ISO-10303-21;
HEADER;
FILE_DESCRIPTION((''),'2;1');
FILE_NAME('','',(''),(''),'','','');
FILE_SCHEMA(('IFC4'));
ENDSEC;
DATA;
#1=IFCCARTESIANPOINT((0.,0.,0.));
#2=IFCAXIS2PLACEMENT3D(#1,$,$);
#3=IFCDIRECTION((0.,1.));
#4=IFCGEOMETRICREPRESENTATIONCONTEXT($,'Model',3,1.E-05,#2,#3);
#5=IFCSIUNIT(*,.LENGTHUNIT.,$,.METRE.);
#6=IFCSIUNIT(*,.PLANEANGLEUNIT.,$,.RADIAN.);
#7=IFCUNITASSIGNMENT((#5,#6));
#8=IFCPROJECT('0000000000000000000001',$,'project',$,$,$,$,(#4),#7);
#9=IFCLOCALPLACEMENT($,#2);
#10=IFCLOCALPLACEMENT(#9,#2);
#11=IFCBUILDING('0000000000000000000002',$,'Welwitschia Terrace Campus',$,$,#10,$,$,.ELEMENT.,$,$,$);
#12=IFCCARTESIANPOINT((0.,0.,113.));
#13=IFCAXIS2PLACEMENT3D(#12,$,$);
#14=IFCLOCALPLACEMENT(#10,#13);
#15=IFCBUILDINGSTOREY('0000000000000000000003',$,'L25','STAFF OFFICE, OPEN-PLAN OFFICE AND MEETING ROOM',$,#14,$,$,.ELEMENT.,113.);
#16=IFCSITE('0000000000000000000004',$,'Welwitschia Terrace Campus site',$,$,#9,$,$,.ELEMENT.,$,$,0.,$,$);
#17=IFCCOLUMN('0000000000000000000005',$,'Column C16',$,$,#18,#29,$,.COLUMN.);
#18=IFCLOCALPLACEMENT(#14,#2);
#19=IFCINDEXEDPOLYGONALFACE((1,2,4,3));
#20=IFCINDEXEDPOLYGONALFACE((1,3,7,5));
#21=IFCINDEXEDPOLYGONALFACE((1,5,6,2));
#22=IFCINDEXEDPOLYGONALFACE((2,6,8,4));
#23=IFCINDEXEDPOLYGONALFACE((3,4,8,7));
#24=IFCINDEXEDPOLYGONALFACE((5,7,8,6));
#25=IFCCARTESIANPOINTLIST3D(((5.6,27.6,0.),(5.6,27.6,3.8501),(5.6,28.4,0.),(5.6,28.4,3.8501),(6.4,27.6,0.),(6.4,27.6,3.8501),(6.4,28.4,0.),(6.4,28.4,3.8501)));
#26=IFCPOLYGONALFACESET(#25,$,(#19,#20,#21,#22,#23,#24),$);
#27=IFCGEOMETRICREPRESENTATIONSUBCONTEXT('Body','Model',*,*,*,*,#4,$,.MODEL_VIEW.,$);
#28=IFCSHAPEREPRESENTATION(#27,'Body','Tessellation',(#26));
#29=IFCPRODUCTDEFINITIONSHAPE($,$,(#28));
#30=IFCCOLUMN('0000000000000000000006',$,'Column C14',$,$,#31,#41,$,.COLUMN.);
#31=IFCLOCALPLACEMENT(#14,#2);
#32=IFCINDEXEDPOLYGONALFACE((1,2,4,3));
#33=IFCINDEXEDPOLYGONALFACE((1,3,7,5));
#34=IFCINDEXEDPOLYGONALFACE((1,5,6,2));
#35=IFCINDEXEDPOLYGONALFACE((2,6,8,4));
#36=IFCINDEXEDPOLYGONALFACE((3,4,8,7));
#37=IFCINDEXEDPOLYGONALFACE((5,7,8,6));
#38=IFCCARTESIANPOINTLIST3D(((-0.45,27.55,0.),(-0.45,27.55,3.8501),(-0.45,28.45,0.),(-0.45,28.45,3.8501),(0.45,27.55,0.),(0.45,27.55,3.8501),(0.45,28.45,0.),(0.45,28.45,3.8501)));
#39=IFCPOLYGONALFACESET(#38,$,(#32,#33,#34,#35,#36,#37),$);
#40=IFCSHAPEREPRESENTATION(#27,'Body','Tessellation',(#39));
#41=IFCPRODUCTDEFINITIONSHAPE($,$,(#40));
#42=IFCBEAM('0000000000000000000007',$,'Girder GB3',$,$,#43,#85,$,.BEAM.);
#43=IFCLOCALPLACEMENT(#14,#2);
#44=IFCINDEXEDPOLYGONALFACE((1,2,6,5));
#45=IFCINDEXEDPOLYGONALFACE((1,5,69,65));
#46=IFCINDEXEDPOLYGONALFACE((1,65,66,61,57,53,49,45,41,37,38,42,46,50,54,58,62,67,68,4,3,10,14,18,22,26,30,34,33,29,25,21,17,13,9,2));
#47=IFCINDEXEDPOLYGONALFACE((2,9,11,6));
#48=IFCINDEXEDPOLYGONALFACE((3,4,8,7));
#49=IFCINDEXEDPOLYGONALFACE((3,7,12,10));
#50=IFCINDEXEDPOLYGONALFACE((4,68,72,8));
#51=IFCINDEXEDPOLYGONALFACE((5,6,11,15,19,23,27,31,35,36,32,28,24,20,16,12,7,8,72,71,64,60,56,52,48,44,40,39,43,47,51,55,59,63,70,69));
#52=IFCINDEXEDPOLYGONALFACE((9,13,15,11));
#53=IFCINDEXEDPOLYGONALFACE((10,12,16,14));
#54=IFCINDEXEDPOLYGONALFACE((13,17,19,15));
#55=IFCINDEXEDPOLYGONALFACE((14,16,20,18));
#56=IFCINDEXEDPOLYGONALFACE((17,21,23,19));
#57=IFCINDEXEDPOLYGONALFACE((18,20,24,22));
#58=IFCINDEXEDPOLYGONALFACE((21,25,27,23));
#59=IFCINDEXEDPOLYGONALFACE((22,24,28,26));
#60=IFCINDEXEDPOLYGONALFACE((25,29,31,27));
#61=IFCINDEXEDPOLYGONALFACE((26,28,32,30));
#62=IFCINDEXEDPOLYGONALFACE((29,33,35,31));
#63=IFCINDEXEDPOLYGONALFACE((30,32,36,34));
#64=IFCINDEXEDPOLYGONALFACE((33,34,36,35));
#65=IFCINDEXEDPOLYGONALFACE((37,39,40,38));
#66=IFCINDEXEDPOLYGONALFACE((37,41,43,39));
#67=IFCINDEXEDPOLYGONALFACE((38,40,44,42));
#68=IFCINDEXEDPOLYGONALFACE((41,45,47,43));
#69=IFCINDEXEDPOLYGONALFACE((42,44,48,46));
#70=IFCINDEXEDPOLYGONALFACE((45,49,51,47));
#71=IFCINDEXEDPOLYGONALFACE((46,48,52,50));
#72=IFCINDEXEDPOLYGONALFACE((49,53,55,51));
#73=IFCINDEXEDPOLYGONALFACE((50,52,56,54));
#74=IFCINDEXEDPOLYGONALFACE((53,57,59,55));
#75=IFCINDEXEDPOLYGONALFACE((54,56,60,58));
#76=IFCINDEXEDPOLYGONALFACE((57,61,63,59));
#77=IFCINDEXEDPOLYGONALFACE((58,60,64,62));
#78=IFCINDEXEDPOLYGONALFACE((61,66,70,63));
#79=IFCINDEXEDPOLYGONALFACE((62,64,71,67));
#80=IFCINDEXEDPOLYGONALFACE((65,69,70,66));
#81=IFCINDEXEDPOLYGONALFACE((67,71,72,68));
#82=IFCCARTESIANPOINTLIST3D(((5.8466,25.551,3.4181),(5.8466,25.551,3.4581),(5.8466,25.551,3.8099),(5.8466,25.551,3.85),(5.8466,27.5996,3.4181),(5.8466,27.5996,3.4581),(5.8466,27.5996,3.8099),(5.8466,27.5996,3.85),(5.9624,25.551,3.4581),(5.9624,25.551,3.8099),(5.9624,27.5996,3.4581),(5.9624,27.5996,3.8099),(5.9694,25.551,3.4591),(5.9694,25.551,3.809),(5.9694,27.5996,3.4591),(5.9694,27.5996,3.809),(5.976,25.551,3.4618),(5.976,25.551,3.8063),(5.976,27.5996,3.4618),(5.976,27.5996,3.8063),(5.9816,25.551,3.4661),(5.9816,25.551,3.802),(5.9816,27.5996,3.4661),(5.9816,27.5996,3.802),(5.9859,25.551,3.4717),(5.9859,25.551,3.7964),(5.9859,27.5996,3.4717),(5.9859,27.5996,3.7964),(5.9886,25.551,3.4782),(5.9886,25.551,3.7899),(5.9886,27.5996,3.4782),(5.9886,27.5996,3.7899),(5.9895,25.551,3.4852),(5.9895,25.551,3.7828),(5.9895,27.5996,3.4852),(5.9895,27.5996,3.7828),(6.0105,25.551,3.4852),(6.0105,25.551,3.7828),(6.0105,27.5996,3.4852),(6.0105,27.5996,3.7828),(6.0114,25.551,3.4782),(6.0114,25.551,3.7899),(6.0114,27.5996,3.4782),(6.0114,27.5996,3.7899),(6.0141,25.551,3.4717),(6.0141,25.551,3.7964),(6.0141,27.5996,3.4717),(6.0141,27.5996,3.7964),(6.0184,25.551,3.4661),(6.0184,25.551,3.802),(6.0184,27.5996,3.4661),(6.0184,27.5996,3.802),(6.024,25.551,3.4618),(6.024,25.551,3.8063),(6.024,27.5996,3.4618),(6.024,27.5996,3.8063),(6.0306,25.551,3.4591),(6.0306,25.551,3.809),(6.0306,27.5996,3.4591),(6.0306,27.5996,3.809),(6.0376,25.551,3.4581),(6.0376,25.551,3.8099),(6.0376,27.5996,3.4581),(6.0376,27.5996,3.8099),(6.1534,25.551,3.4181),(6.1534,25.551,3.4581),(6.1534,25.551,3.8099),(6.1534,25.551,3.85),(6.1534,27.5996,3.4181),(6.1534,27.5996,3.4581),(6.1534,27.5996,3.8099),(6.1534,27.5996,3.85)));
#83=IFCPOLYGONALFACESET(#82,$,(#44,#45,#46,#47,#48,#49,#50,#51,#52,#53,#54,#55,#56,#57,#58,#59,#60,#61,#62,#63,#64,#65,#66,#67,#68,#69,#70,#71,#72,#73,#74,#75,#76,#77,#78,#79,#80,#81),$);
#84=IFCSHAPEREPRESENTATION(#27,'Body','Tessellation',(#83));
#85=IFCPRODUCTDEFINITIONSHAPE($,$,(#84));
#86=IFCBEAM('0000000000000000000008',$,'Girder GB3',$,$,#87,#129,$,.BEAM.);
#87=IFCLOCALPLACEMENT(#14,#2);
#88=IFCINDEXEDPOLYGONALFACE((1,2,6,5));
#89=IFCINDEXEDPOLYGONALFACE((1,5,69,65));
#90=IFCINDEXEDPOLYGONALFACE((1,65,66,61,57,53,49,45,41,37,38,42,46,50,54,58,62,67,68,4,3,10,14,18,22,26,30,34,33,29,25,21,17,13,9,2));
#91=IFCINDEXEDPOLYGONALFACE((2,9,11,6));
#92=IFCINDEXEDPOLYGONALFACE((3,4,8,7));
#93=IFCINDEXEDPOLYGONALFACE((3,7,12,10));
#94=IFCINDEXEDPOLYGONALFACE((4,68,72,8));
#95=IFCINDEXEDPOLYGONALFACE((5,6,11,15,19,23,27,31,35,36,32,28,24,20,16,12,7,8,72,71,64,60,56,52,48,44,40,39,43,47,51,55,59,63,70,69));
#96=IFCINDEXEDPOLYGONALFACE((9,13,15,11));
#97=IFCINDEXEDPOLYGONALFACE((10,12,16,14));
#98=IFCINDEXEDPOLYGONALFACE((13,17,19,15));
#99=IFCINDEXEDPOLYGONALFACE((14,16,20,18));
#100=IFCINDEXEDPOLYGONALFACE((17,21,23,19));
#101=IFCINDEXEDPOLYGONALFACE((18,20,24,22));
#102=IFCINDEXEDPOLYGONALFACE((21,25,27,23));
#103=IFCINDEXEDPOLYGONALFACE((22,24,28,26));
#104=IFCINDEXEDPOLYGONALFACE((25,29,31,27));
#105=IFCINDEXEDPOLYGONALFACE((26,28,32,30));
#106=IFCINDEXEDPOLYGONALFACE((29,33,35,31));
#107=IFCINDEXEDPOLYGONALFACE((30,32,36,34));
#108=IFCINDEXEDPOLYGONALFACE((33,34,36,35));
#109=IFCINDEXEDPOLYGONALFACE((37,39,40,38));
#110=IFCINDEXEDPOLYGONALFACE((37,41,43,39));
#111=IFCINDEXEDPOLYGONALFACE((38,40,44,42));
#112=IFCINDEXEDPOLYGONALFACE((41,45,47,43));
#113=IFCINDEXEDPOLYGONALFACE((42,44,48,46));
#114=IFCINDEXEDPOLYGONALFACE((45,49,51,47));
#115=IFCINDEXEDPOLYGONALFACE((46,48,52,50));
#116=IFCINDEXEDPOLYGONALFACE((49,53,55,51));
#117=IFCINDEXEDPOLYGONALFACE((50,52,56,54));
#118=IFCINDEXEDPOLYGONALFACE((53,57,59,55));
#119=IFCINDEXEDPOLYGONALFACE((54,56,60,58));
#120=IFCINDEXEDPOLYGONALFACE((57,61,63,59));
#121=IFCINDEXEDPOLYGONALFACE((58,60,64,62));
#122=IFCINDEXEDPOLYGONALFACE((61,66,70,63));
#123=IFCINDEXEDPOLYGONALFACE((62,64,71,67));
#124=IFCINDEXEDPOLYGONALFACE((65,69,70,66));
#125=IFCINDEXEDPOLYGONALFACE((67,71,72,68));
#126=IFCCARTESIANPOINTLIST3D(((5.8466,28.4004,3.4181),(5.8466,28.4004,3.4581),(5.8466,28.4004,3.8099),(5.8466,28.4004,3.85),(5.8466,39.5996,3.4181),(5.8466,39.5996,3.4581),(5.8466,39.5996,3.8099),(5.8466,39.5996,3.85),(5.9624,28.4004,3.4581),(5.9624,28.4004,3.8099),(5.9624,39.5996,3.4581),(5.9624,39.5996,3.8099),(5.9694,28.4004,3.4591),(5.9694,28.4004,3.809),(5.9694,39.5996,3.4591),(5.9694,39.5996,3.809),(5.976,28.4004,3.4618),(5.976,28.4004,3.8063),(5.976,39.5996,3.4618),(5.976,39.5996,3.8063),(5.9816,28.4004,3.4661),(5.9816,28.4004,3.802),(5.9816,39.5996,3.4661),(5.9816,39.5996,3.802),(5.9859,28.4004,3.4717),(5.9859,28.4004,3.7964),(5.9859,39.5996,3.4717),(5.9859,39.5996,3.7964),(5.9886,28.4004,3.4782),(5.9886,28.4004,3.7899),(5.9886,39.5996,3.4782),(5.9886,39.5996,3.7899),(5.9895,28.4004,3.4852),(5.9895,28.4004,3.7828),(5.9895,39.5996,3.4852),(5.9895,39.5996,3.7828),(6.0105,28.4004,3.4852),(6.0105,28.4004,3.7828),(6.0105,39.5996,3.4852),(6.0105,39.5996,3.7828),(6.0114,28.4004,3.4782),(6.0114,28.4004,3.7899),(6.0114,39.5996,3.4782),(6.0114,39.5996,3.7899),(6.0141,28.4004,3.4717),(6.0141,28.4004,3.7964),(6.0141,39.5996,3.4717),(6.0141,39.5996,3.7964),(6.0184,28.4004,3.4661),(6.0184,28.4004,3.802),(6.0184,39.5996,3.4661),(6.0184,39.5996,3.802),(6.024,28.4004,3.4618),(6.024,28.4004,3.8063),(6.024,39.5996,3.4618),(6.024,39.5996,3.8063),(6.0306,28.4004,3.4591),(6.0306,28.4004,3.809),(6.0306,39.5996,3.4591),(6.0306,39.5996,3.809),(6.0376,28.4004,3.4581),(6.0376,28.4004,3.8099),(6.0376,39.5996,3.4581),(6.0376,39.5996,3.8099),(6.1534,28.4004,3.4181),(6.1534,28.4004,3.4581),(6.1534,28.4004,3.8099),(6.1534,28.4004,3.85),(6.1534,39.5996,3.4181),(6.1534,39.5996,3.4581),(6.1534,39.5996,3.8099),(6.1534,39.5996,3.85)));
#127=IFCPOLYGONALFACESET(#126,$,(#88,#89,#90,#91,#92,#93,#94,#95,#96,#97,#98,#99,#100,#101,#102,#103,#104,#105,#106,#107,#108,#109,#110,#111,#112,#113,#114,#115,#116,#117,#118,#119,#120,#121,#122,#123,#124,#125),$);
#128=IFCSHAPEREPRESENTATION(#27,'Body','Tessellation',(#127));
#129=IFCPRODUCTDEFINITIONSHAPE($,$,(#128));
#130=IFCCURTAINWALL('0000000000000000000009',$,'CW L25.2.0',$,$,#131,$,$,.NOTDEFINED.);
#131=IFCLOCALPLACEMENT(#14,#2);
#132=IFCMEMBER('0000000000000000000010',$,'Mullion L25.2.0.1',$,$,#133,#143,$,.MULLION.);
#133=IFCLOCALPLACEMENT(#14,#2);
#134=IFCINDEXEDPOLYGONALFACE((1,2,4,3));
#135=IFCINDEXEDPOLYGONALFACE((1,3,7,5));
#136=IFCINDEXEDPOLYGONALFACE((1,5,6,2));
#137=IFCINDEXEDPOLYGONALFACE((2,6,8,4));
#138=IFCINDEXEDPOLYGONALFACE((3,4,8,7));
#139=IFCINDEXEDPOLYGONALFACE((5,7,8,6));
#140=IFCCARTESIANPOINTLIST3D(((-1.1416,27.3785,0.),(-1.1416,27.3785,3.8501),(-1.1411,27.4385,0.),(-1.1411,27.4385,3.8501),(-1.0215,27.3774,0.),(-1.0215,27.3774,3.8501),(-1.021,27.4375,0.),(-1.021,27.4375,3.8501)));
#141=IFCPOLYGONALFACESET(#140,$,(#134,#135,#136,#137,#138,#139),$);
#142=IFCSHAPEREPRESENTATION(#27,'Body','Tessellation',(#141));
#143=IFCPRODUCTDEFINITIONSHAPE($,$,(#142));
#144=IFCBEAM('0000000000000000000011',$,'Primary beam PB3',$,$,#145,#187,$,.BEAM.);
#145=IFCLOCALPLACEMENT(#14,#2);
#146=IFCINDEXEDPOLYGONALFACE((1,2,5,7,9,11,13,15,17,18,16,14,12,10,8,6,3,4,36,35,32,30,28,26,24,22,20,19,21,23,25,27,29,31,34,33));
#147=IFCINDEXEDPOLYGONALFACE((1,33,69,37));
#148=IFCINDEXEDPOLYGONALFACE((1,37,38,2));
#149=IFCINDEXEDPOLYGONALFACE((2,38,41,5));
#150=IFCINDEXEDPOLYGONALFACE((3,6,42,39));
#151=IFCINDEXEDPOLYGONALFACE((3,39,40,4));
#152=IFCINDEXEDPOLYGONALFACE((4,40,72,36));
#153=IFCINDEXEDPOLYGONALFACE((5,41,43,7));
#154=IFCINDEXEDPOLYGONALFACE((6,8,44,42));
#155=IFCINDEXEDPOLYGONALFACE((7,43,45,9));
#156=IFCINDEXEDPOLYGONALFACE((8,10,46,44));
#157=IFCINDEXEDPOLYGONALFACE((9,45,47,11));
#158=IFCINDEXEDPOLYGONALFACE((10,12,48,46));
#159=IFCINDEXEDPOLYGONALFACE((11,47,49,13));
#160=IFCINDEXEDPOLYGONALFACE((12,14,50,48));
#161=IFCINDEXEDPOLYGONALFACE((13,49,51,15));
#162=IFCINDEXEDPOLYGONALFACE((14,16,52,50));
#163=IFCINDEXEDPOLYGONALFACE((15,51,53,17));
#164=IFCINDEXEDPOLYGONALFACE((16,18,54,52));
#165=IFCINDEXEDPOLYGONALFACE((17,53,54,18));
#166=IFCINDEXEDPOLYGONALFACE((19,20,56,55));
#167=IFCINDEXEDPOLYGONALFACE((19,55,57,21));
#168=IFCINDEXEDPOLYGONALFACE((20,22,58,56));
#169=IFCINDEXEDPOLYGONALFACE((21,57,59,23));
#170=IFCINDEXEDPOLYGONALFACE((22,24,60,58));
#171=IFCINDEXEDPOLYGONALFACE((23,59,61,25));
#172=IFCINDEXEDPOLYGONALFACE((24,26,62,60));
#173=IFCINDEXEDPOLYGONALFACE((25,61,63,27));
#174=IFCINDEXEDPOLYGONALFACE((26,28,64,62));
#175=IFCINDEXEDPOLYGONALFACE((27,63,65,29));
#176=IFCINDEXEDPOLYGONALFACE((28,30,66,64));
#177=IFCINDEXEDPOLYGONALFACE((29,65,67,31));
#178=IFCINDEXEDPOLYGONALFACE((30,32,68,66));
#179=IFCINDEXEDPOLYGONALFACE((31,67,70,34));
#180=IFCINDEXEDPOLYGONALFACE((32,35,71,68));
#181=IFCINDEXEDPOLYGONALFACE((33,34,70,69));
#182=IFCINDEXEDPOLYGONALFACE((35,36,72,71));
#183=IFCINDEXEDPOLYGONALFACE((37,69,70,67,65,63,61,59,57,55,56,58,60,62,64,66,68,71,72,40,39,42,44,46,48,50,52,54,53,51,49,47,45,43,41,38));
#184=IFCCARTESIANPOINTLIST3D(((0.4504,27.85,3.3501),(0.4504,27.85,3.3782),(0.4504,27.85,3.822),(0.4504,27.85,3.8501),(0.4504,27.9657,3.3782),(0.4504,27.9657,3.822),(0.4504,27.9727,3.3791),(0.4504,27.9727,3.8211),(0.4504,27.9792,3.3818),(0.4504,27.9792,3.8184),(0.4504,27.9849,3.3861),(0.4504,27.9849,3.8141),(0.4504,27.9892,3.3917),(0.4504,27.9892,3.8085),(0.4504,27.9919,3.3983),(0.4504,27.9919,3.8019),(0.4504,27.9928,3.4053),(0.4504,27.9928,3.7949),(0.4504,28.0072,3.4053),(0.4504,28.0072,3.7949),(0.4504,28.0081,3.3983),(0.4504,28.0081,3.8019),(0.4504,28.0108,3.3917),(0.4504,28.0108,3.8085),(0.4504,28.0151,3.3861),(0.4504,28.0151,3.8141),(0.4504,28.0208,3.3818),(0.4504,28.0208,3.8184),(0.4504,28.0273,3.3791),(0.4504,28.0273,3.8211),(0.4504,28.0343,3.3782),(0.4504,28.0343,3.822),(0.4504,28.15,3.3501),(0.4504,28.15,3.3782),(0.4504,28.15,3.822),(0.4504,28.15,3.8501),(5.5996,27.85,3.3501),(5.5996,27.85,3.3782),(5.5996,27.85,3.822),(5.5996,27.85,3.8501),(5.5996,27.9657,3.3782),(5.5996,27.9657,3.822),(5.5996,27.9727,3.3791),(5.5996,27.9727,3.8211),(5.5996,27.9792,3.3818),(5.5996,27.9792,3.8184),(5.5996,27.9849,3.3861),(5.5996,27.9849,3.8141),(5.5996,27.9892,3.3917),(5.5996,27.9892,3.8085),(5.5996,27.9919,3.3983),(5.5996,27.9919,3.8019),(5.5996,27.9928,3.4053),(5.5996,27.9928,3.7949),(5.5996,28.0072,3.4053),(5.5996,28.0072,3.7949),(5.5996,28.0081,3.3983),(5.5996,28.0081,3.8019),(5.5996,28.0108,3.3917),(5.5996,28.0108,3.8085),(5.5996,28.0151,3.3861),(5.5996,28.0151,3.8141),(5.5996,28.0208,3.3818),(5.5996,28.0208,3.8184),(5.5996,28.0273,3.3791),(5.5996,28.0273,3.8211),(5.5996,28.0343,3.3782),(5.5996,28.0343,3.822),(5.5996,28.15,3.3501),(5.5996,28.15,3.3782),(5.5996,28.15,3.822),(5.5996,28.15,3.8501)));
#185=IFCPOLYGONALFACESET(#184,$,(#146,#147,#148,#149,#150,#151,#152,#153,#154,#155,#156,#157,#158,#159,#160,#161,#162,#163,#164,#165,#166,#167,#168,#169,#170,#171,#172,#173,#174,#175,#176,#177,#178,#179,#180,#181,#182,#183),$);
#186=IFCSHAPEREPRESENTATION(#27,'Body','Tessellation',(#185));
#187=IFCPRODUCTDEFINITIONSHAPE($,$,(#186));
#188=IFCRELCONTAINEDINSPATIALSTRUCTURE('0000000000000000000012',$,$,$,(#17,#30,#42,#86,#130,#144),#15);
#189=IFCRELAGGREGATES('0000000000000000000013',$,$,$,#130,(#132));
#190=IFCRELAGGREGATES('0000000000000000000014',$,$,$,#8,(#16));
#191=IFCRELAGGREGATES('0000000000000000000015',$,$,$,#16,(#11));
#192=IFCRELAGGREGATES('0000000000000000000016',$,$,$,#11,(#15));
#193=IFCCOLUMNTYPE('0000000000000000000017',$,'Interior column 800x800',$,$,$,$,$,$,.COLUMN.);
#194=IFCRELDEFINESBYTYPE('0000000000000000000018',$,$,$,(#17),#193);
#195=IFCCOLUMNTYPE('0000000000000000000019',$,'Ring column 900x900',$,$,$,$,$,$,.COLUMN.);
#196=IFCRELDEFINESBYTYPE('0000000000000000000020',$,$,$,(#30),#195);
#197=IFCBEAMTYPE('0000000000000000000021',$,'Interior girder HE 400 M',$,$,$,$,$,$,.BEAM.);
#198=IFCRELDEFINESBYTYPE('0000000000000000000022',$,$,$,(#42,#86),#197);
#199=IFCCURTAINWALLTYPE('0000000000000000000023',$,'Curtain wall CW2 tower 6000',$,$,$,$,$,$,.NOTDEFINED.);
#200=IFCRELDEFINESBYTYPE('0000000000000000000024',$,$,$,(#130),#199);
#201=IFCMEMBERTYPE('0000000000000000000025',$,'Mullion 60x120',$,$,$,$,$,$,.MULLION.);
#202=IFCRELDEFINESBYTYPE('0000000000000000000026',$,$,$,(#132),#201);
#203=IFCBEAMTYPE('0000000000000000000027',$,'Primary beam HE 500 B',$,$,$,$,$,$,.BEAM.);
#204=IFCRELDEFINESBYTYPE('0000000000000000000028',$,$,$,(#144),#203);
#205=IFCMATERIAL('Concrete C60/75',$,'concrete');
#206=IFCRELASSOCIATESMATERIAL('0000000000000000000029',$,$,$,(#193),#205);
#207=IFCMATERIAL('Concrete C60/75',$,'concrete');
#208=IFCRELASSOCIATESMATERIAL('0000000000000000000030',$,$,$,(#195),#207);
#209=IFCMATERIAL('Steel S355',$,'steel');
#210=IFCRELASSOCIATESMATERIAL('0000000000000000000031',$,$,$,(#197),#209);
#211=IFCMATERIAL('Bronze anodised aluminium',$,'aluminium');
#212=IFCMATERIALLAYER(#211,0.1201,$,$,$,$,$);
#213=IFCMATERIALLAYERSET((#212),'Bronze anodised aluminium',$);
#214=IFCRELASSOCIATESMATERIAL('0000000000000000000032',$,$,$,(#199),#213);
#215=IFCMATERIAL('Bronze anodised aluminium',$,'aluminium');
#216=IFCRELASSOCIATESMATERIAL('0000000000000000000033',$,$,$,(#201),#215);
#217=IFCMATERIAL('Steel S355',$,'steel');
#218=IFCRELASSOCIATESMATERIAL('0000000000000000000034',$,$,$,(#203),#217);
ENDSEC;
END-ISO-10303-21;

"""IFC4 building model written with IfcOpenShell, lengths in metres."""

from ifc_helpers import new_model, si_unit, direction, frame, origin, origin_2d, place, context, subcontext, project, spatial, rectangle, i_section, extrude, material, layer, layer_set, material_profile, profile_set, type_object, element, aggregate, save


model = new_model("IFC4")

# Units and contexts
model_context = context("Model", 3, precision=1e-05, world=origin(), true_north=direction((0.0, 1.0)))
body_context = subcontext(model_context, "Body", "Model", "MODEL_VIEW")
ifc_project = project(units=[si_unit("LENGTHUNIT", "METRE"), si_unit("PLANEANGLEUNIT", "RADIAN")], contexts=[model_context])

# Site, building, storey
site_placement = place(None, origin())
site = spatial("IfcSite", under=ifc_project, at=site_placement, Name="Welwitschia Terrace Campus site", CompositionType="ELEMENT", RefElevation=0.0)
building_placement = place(site_placement, origin())
building = spatial("IfcBuilding", under=site, at=building_placement, Name="Welwitschia Terrace Campus", CompositionType="ELEMENT")
storey_placement = place(building_placement, frame((0.0, 0.0, 113.0)))
storey = spatial("IfcBuildingStorey", under=building, at=storey_placement, Name="L25", Description="STAFF OFFICE, OPEN-PLAN OFFICE AND MEETING ROOM", CompositionType="ELEMENT", Elevation=113.0)

# Columns
ifc_material_1 = material(Name="Concrete C60/75", Category="concrete")
ifc_material_profile_1 = material_profile(ifc_material_1, rectangle(XDim=0.8, YDim=0.8, at=origin_2d()))
ifc_profile_set_1 = profile_set([ifc_material_profile_1], Name="Concrete C60/75")
column_type_1 = type_object("IfcColumnType", Name="Interior column 800x800", PredefinedType="COLUMN", material=ifc_profile_set_1)
column_1_placement = place(storey_placement, frame((6.0, 28.0, 0.0), z_axis=(0.0, 0.0, 1.0), x_axis=(1.0, 0.0, 0.0)))
element("IfcColumn", 1, at=column_1_placement, inside=storey, type_object=column_type_1, Name="Column C16", PredefinedType="COLUMN", context=body_context, shape_type="SweptSolid", body=[
    extrude(rectangle(XDim=0.8, YDim=0.8, at=origin_2d()), origin(), (0.0, 0.0, 1.0), 3.8501),
])
ifc_material_2 = material(Name="Concrete C60/75", Category="concrete")
ifc_material_profile_2 = material_profile(ifc_material_2, rectangle(XDim=0.8999, YDim=0.8999, at=origin_2d()))
ifc_profile_set_2 = profile_set([ifc_material_profile_2], Name="Concrete C60/75")
column_type_2 = type_object("IfcColumnType", Name="Ring column 900x900", PredefinedType="COLUMN", material=ifc_profile_set_2)
column_2_placement = place(storey_placement, frame((0.0, 28.0, 0.0), z_axis=(0.0, 0.0, 1.0), x_axis=(1.0, 0.0, 0.0)))
element("IfcColumn", 2, at=column_2_placement, inside=storey, type_object=column_type_2, Name="Column C14", PredefinedType="COLUMN", context=body_context, shape_type="SweptSolid", body=[
    extrude(rectangle(XDim=0.8999, YDim=0.8999, at=origin_2d()), origin(), (0.0, 0.0, 1.0), 3.8501),
])

# Beams
ifc_material_3 = material(Name="Steel S355", Category="steel")
ifc_material_profile_3 = material_profile(ifc_material_3, i_section(OverallWidth=0.3069, OverallDepth=0.4319, WebThickness=0.021, FlangeThickness=0.04, FilletRadius=0.0271, at=origin_2d()))
ifc_profile_set_3 = profile_set([ifc_material_profile_3], Name="Steel S355")
beam_type_1 = type_object("IfcBeamType", Name="Interior girder HE 400 M", PredefinedType="BEAM", material=ifc_profile_set_3)
beam_1_placement = place(storey_placement, frame((6.0, 25.551, 3.634), z_axis=(0.0, 1.0, 0.0), x_axis=(-1.0, 0.0, 0.0)))
element("IfcBeam", 3, at=beam_1_placement, inside=storey, type_object=beam_type_1, Name="Girder GB3", PredefinedType="BEAM", context=body_context, shape_type="SweptSolid", body=[
    extrude(i_section(OverallWidth=0.3069, OverallDepth=0.4319, WebThickness=0.021, FlangeThickness=0.04, FilletRadius=0.0271, at=origin_2d()), origin(), (0.0, 0.0, 1.0), 2.0486),
])
beam_2_placement = place(storey_placement, frame((6.0, 28.4004, 3.634), z_axis=(0.0, 1.0, 0.0), x_axis=(-1.0, 0.0, 0.0)))
element("IfcBeam", 4, at=beam_2_placement, inside=storey, type_object=beam_type_1, Name="Girder GB3", PredefinedType="BEAM", context=body_context, shape_type="SweptSolid", body=[
    extrude(i_section(OverallWidth=0.3069, OverallDepth=0.4319, WebThickness=0.021, FlangeThickness=0.04, FilletRadius=0.0271, at=origin_2d()), origin(), (0.0, 0.0, 1.0), 11.1992),
])

# Curtain wall, member
ifc_material_4 = material(Name="Bronze anodised aluminium", Category="aluminium")
ifc_layer_1 = layer(ifc_material_4, 0.1201)
ifc_layer_set_1 = layer_set([ifc_layer_1], Name="Bronze anodised aluminium")
curtain_wall_type = type_object("IfcCurtainWallType", Name="Curtain wall CW2 tower 6000", PredefinedType="NOTDEFINED", material=ifc_layer_set_1)
curtain_wall_placement = place(storey_placement, origin())
curtain_wall = element("IfcCurtainWall", 5, at=curtain_wall_placement, inside=storey, type_object=curtain_wall_type, Name="CW L25.2.0", PredefinedType="NOTDEFINED")
ifc_material_5 = material(Name="Bronze anodised aluminium", Category="aluminium")
ifc_material_profile_4 = material_profile(ifc_material_5, rectangle(XDim=0.1201, YDim=0.0601, at=origin_2d()))
ifc_profile_set_4 = profile_set([ifc_material_profile_4], Name="Bronze anodised aluminium")
member_type = type_object("IfcMemberType", Name="Mullion 60x120", PredefinedType="MULLION", material=ifc_profile_set_4)
member_placement = place(storey_placement, frame((-1.0813, 27.408, 0.0), z_axis=(0.0, 0.0, 1.0), x_axis=(0.999962, -0.008727, 0.0)))
member = element("IfcMember", 6, at=member_placement, type_object=member_type, Name="Mullion L25.2.0.1", PredefinedType="MULLION", context=body_context, shape_type="SweptSolid", body=[
    extrude(rectangle(XDim=0.1201, YDim=0.0601, at=origin_2d()), origin(), (0.0, 0.0, 1.0), 3.8501),
])

# Beam
ifc_material_6 = material(Name="Steel S355", Category="steel")
ifc_material_profile_5 = material_profile(ifc_material_6, i_section(OverallWidth=0.3, OverallDepth=0.5, WebThickness=0.0144, FlangeThickness=0.0281, FilletRadius=0.0271, at=origin_2d()))
ifc_profile_set_5 = profile_set([ifc_material_profile_5], Name="Steel S355")
beam_type_2 = type_object("IfcBeamType", Name="Primary beam HE 500 B", PredefinedType="BEAM", material=ifc_profile_set_5)
beam_3_placement = place(storey_placement, frame((0.4504, 28.0, 3.6001), z_axis=(1.0, 0.0, 0.0), x_axis=(0.0, 1.0, 0.0)))
element("IfcBeam", 7, at=beam_3_placement, inside=storey, type_object=beam_type_2, Name="Primary beam PB3", PredefinedType="BEAM", context=body_context, shape_type="SweptSolid", body=[
    extrude(i_section(OverallWidth=0.3, OverallDepth=0.5, WebThickness=0.0144, FlangeThickness=0.0281, FilletRadius=0.0271, at=origin_2d()), origin(), (0.0, 0.0, 1.0), 5.1492),
])

aggregate(curtain_wall, [member])

save(model, "model.ifc")
